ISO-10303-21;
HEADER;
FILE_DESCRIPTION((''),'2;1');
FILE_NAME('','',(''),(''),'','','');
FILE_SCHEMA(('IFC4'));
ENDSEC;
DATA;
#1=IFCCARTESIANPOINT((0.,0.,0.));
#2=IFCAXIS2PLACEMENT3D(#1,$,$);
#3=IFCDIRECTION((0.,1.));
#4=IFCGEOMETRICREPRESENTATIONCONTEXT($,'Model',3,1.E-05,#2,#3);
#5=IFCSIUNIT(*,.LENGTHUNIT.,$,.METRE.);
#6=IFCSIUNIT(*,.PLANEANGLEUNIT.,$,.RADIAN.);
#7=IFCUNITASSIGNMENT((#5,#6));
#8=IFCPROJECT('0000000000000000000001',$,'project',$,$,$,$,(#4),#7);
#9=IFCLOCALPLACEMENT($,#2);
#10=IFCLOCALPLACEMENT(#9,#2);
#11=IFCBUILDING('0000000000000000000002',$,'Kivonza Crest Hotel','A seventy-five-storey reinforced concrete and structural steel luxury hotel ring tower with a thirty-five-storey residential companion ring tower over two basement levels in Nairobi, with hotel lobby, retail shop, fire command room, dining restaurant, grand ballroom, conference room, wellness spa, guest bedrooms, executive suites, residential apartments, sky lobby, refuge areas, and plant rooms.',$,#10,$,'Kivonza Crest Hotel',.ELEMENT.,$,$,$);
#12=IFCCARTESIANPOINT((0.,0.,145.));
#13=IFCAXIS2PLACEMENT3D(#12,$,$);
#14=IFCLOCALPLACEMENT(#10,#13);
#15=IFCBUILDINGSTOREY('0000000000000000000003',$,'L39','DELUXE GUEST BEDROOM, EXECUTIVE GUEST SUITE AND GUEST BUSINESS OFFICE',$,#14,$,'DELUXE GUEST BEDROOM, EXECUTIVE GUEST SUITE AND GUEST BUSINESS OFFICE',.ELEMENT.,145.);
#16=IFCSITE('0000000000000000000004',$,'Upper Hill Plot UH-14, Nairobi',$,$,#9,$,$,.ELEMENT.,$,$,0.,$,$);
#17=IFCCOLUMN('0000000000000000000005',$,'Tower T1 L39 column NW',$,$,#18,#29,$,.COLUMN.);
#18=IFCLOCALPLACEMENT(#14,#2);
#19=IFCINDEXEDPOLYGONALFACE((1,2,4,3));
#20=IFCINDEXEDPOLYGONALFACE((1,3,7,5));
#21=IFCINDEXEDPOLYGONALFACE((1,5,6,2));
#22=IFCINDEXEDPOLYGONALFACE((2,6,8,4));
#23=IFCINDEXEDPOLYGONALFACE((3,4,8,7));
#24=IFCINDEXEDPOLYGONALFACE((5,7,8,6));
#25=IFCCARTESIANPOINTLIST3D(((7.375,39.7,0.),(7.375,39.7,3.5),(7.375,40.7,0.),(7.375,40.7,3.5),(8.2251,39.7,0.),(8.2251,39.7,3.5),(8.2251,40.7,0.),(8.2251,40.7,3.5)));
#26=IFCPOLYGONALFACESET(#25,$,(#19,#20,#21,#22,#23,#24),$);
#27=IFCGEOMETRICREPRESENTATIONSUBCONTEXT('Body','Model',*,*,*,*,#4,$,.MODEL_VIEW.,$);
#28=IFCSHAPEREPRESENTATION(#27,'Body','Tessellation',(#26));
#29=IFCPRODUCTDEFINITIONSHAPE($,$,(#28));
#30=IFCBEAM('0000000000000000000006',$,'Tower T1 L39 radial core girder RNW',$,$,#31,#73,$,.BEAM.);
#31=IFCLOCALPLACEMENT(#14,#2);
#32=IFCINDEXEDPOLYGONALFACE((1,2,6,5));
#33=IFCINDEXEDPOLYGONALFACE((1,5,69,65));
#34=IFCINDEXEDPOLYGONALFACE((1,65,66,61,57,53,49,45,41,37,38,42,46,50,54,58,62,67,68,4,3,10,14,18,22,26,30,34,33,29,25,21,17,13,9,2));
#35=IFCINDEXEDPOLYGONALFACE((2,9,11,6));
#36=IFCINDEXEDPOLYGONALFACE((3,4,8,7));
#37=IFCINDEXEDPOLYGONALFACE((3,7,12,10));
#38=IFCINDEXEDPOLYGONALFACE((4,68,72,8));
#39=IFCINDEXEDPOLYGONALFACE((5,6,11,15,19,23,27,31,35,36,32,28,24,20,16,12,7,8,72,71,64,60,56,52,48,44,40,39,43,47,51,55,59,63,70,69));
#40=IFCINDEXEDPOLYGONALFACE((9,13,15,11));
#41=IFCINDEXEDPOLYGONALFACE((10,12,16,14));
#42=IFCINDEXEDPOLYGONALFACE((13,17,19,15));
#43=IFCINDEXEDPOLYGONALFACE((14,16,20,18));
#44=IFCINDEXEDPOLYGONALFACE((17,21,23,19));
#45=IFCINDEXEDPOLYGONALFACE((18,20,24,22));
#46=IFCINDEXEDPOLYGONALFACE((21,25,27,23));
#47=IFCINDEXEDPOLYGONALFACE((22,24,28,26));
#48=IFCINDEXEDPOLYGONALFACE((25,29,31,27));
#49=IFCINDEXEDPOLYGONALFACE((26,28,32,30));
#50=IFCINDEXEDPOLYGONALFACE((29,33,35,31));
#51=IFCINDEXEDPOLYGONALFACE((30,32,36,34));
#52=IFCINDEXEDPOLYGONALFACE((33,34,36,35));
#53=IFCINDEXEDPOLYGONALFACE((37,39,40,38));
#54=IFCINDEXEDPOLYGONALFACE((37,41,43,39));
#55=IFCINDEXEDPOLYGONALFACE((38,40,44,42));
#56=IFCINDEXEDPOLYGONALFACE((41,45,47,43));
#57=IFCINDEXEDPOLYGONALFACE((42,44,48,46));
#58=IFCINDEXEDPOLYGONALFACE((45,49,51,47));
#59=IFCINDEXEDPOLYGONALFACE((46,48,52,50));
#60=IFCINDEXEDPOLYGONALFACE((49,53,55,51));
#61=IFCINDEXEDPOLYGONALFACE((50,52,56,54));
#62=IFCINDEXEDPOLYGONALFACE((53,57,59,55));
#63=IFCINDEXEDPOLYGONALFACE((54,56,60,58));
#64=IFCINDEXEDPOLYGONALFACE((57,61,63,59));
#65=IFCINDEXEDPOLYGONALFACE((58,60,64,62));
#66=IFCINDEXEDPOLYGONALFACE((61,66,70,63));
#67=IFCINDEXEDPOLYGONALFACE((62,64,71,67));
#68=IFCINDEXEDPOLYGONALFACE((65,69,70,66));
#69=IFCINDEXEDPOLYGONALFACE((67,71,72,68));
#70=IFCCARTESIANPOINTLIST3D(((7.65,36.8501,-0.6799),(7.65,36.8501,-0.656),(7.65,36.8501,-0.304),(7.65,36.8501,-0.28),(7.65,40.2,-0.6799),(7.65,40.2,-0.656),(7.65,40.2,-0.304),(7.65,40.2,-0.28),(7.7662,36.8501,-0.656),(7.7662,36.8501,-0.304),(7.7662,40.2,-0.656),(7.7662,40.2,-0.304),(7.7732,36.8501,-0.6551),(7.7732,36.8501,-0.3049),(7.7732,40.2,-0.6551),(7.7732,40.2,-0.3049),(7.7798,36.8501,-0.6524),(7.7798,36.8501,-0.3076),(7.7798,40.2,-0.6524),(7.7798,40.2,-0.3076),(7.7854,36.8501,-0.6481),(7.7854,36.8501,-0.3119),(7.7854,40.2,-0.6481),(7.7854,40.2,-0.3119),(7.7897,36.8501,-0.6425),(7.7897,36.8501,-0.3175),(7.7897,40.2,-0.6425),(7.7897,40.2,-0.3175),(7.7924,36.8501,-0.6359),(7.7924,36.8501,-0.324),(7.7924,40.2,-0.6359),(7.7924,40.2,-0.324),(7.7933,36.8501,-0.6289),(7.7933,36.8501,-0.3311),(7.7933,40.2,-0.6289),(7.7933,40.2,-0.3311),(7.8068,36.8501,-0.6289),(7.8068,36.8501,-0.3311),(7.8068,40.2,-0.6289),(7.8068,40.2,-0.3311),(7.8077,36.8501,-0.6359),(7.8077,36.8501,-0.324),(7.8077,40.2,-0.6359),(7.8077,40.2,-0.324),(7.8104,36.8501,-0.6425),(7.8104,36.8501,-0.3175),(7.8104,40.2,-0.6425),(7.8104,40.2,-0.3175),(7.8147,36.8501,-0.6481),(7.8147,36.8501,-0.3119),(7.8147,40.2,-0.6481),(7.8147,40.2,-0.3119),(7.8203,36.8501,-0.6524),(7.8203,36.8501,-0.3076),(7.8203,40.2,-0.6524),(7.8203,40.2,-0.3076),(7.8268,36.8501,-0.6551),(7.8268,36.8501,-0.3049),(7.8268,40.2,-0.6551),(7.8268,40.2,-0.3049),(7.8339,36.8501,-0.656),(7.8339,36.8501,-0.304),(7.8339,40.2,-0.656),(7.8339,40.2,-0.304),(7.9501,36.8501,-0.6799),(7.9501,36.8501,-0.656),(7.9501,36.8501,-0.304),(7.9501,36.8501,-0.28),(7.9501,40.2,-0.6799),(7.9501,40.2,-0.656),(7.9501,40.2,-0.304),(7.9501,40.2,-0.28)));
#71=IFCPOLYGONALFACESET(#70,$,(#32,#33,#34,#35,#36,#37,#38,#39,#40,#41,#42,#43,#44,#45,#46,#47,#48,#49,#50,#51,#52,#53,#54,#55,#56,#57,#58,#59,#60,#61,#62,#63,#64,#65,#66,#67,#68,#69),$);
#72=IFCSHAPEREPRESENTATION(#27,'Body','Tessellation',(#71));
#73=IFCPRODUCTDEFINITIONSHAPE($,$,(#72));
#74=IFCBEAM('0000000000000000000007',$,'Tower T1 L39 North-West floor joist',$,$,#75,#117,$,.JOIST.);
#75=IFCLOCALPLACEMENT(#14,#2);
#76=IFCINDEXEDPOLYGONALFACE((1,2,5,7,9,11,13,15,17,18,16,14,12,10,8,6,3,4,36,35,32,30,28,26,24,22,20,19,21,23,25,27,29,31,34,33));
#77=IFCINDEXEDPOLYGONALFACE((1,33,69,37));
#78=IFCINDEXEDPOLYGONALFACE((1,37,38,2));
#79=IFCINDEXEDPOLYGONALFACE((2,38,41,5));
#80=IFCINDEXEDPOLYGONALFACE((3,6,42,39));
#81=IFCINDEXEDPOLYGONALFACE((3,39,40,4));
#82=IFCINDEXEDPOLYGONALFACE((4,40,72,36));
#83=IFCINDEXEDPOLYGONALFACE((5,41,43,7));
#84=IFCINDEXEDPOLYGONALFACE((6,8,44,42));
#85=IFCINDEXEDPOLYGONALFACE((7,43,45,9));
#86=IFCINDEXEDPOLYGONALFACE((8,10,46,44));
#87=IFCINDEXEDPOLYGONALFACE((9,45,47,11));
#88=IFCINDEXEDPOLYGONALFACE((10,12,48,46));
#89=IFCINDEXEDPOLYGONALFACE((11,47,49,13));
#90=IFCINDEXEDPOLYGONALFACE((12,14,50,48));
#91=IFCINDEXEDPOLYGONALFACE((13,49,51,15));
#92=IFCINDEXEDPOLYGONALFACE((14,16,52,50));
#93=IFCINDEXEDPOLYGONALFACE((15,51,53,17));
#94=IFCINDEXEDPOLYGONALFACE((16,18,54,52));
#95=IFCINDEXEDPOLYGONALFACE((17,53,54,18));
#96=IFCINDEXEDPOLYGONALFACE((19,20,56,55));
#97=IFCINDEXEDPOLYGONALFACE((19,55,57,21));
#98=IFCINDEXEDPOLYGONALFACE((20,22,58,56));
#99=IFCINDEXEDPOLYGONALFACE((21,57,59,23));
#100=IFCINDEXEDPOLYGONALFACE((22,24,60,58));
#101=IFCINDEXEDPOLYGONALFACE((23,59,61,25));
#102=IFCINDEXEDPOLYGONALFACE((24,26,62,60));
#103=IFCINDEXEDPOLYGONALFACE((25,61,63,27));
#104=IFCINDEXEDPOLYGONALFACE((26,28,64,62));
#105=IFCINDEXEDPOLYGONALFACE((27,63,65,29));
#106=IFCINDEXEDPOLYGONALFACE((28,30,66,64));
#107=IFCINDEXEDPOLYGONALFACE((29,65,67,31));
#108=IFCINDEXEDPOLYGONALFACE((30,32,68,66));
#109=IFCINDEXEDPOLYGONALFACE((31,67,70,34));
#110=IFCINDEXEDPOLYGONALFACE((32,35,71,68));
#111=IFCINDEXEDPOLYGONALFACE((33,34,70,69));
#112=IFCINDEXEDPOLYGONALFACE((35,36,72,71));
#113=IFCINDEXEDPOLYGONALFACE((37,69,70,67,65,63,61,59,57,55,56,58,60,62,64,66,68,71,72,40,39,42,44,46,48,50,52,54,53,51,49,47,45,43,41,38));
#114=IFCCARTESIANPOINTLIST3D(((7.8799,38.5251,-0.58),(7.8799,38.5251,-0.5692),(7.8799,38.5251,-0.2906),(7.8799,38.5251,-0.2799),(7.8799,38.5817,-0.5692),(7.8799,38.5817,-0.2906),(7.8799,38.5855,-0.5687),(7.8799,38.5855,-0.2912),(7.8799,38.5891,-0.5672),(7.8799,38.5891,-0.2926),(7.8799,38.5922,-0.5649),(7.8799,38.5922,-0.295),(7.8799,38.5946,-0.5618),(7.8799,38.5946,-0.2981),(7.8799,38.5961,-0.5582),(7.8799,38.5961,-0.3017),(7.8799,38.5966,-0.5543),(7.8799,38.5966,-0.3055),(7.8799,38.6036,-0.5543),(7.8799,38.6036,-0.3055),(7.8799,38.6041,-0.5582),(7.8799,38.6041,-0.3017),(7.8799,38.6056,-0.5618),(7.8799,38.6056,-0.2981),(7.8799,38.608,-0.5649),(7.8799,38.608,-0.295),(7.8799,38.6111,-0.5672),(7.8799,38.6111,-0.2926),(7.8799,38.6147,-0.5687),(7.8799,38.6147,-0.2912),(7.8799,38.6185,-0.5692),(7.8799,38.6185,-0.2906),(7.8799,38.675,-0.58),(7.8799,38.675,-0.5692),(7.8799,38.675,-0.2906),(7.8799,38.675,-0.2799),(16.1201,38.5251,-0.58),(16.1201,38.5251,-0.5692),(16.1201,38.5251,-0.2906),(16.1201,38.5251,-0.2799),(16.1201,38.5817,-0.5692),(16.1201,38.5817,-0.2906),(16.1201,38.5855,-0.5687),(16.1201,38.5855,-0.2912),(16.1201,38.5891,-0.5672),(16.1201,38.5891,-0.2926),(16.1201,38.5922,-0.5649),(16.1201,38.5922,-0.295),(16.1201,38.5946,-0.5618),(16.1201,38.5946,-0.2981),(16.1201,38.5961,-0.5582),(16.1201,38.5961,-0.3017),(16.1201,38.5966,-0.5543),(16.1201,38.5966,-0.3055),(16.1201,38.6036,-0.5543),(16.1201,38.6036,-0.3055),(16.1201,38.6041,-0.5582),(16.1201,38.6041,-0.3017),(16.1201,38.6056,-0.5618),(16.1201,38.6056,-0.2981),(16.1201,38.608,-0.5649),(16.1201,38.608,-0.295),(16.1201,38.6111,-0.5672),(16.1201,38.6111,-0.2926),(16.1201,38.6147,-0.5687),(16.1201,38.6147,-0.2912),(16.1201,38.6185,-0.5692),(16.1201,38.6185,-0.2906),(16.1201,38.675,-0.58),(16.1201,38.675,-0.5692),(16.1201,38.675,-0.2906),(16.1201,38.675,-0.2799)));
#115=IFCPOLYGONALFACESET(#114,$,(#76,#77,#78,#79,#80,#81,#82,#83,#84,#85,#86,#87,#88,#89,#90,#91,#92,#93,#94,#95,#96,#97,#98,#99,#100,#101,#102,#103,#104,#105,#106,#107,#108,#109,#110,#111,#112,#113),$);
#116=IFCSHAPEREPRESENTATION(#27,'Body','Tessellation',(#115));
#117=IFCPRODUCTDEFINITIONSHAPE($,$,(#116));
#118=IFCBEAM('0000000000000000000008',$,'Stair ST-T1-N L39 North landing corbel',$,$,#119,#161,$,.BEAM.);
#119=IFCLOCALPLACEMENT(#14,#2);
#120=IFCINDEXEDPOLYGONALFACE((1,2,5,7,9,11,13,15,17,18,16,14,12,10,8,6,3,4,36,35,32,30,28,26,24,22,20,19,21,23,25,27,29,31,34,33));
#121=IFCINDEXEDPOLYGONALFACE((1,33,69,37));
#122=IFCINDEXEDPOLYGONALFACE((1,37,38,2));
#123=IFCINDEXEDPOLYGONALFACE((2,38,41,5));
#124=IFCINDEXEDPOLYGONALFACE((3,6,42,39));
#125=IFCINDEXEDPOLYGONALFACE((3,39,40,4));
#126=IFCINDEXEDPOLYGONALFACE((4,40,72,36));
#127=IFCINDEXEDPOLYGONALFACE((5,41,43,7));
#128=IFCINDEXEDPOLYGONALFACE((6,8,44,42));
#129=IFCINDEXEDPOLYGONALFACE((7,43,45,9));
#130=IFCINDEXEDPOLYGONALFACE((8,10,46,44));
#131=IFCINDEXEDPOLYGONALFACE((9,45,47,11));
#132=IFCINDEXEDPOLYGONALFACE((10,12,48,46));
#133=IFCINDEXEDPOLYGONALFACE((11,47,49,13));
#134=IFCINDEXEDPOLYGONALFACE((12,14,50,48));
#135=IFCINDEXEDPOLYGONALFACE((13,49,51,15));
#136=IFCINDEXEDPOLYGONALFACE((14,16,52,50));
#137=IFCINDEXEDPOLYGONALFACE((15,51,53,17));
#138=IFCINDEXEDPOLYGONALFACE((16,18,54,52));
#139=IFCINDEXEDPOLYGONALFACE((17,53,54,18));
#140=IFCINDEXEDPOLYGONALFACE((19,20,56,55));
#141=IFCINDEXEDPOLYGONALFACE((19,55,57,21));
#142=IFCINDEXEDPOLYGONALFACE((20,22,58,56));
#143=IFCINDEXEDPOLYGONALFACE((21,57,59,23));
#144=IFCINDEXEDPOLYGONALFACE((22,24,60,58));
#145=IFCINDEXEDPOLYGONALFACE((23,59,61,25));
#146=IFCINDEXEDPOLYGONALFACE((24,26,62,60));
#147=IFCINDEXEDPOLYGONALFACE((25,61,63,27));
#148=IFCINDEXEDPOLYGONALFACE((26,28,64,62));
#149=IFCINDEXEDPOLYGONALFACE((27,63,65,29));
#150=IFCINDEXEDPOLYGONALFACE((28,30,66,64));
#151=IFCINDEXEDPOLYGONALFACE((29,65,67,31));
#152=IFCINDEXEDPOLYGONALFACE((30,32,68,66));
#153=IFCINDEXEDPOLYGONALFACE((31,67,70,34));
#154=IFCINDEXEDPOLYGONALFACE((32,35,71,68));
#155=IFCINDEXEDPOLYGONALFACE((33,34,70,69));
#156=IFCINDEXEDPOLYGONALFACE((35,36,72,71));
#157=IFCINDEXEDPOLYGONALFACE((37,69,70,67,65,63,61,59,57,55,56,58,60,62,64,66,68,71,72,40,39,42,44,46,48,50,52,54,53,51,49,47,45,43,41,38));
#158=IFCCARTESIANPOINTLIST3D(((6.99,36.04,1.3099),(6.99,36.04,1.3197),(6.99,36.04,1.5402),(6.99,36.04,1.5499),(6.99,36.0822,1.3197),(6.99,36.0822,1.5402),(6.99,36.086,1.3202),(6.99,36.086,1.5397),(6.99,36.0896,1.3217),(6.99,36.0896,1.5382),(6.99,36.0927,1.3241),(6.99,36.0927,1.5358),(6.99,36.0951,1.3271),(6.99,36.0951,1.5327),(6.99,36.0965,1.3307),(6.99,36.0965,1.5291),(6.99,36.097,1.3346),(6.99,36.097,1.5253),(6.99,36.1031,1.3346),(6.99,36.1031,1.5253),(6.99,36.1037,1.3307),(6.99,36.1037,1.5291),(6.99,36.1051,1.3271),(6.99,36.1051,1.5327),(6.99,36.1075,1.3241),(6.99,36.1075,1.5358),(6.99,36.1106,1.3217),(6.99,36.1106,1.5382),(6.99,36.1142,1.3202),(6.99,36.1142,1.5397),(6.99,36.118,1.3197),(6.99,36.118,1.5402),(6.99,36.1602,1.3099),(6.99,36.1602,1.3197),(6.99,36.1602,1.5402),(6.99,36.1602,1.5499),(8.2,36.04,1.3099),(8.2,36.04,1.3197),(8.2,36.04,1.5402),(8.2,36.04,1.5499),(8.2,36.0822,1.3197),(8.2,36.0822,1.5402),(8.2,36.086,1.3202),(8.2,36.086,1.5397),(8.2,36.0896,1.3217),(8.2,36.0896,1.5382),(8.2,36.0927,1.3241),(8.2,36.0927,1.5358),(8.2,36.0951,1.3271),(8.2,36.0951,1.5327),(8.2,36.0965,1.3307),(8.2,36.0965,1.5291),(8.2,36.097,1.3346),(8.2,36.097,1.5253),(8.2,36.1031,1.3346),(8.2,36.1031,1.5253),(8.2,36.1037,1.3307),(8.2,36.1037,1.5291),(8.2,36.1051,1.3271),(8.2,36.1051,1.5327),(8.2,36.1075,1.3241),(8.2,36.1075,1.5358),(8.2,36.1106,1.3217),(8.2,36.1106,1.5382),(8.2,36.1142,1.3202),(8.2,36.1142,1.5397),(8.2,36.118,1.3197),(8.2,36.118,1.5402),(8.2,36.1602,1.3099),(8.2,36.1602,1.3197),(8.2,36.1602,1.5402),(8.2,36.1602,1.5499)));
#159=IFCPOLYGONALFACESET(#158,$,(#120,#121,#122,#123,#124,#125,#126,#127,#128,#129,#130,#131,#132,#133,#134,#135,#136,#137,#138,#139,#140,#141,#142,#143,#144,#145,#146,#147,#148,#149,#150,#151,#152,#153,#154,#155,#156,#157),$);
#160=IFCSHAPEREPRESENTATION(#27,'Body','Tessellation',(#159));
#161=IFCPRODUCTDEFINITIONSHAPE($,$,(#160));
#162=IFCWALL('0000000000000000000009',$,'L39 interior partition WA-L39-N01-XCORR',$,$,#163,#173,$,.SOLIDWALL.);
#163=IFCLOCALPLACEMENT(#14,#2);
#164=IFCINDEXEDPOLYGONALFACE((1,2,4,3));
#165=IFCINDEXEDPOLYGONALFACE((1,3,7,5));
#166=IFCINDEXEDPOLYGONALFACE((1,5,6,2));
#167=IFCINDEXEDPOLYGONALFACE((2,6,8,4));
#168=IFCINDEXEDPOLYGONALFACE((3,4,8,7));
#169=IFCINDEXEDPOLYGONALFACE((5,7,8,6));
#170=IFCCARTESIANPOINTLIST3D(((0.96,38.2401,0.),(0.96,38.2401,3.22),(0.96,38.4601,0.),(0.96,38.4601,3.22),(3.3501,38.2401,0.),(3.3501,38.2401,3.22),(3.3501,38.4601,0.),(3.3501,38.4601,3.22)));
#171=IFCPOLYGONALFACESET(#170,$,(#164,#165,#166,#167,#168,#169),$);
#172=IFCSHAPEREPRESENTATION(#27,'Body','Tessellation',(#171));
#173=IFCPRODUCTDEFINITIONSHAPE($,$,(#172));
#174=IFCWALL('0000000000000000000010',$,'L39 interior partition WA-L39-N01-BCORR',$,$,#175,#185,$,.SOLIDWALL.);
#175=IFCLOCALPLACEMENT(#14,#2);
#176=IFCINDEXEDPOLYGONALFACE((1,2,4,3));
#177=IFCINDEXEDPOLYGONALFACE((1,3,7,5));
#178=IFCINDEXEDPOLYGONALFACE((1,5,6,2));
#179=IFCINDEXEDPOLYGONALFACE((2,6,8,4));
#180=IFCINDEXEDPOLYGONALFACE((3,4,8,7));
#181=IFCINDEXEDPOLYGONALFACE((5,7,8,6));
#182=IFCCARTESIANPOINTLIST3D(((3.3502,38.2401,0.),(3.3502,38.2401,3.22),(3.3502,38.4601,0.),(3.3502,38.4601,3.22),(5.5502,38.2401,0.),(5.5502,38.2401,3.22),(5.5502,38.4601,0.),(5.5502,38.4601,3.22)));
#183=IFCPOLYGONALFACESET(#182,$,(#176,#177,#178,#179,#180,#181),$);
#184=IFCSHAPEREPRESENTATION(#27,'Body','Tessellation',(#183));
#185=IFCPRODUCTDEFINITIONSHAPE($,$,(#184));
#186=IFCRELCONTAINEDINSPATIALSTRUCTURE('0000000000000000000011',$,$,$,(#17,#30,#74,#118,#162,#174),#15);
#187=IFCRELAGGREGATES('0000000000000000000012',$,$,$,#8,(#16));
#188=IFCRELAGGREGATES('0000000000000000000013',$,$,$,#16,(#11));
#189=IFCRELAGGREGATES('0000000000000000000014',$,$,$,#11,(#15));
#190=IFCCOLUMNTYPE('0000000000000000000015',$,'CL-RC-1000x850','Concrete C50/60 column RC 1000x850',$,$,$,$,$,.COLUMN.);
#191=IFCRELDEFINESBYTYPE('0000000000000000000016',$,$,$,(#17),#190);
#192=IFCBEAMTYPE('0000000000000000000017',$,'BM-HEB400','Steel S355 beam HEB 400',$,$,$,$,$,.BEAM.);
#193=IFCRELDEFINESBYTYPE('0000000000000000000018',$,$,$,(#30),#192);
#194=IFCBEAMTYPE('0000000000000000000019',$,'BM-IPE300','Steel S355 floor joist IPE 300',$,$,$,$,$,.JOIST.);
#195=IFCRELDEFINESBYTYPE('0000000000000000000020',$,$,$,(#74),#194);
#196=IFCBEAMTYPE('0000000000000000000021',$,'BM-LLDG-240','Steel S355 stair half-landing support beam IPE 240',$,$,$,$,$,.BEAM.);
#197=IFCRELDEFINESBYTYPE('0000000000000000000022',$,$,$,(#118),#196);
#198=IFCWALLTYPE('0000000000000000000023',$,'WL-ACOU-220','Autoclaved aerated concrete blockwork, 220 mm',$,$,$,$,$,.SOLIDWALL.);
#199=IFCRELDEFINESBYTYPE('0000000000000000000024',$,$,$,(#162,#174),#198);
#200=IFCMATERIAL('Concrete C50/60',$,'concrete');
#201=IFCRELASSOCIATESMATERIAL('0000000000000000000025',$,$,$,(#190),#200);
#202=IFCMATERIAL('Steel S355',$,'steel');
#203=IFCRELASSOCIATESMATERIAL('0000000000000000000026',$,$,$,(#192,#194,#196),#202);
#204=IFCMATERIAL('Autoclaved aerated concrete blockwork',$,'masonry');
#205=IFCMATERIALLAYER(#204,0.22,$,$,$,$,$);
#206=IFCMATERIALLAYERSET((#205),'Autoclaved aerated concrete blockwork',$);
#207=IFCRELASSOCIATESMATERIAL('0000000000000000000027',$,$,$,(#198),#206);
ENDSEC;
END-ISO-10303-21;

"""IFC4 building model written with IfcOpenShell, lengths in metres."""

from ifc_helpers import new_model, si_unit, direction, frame, frame_2d, origin, origin_2d, place, context, subcontext, project, spatial, rectangle, i_section, extrude, material, layer, layer_set, material_profile, profile_set, type_object, element, save


model = new_model("IFC4")

# Units and contexts
model_context = context("Model", 3, precision=1e-05, world=origin(), true_north=direction((0.0, 1.0)))
body_context = subcontext(model_context, "Body", "Model", "MODEL_VIEW")
ifc_project = project(units=[si_unit("LENGTHUNIT", "METRE"), si_unit("PLANEANGLEUNIT", "RADIAN")], contexts=[model_context])

# Site, building, storey
site_placement = place(None, origin())
site = spatial("IfcSite", under=ifc_project, at=site_placement, Name="Upper Hill Plot UH-14, Nairobi", CompositionType="ELEMENT", RefElevation=0.0)
building_placement = place(site_placement, origin())
building = spatial("IfcBuilding", under=site, at=building_placement, Name="Kivonza Crest Hotel", Description="A seventy-five-storey reinforced concrete and structural steel luxury hotel ring tower with a thirty-five-storey residential companion ring tower over two basement levels in Nairobi, with hotel lobby, retail shop, fire command room, dining restaurant, grand ballroom, conference room, wellness spa, guest bedrooms, executive suites, residential apartments, sky lobby, refuge areas, and plant rooms.", LongName="Kivonza Crest Hotel", CompositionType="ELEMENT")
storey_placement = place(building_placement, frame((0.0, 0.0, 145.0)))
storey = spatial("IfcBuildingStorey", under=building, at=storey_placement, Name="L39", Description="DELUXE GUEST BEDROOM, EXECUTIVE GUEST SUITE AND GUEST BUSINESS OFFICE", LongName="DELUXE GUEST BEDROOM, EXECUTIVE GUEST SUITE AND GUEST BUSINESS OFFICE", CompositionType="ELEMENT", Elevation=145.0)

# Column
ifc_material_1 = material(Name="Concrete C50/60", Category="concrete")
ifc_material_profile_1 = material_profile(ifc_material_1, rectangle(XDim=0.8501, YDim=1.0, at=origin_2d()), Name="RC 1000x850")
ifc_profile_set_1 = profile_set([ifc_material_profile_1], Name="Concrete C50/60")
column_type = type_object("IfcColumnType", Name="CL-RC-1000x850", Description="Concrete C50/60 column RC 1000x850", PredefinedType="COLUMN", material=ifc_profile_set_1)
column_placement = place(storey_placement, frame((7.8, 40.2, 0.0), z_axis=(0.0, 0.0, 1.0), x_axis=(1.0, 0.0, 0.0)))
element("IfcColumn", 1, at=column_placement, inside=storey, type_object=column_type, Name="Tower T1 L39 column NW", PredefinedType="COLUMN", context=body_context, shape_type="SweptSolid", body=[
    extrude(rectangle(XDim=0.8501, YDim=1.0, at=origin_2d()), origin(), (0.0, 0.0, 1.0), 3.5),
])

# Beams
ifc_material_2 = material(Name="Steel S355", Category="steel")
ifc_material_profile_2 = material_profile(ifc_material_2, i_section(OverallWidth=0.3, OverallDepth=0.3999, WebThickness=0.0134, FlangeThickness=0.0239, FilletRadius=0.0271, at=origin_2d()), Name="HEB 400")
ifc_profile_set_2 = profile_set([ifc_material_profile_2], Name="Steel S355")
beam_type_1 = type_object("IfcBeamType", Name="BM-HEB400", Description="Steel S355 beam HEB 400", PredefinedType="BEAM", material=ifc_profile_set_2)
beam_1_placement = place(storey_placement, frame((7.8, 40.2, -0.48), z_axis=(0.0, -1.0, 0.0), x_axis=(1.0, 0.0, 0.0)))
element("IfcBeam", 2, at=beam_1_placement, inside=storey, type_object=beam_type_1, Name="Tower T1 L39 radial core girder RNW", PredefinedType="BEAM", context=body_context, shape_type="SweptSolid", body=[
    extrude(i_section(OverallWidth=0.3, OverallDepth=0.3999, WebThickness=0.0134, FlangeThickness=0.0239, FilletRadius=0.0271, at=origin_2d()), origin(), (0.0, 0.0, 1.0), 3.3499),
])
ifc_material_profile_3 = material_profile(ifc_material_2, i_section(OverallWidth=0.1499, OverallDepth=0.3, WebThickness=0.0071, FlangeThickness=0.0107, FilletRadius=0.0149, at=origin_2d()), Name="IPE 300")
ifc_profile_set_3 = profile_set([ifc_material_profile_3], Name="Steel S355")
beam_type_2 = type_object("IfcBeamType", Name="BM-IPE300", Description="Steel S355 floor joist IPE 300", PredefinedType="JOIST", material=ifc_profile_set_3)
beam_2_placement = place(storey_placement, frame((7.8799, 38.6001, -0.4299), z_axis=(1.0, 0.0, 0.0), x_axis=(0.0, 1.0, 0.0)))
element("IfcBeam", 3, at=beam_2_placement, inside=storey, type_object=beam_type_2, Name="Tower T1 L39 North-West floor joist", PredefinedType="JOIST", context=body_context, shape_type="SweptSolid", body=[
    extrude(i_section(OverallWidth=0.1499, OverallDepth=0.3, WebThickness=0.0071, FlangeThickness=0.0107, FilletRadius=0.0149, at=origin_2d()), origin(), (0.0, 0.0, 1.0), 8.2402),
])
ifc_material_profile_4 = material_profile(ifc_material_2, i_section(OverallWidth=0.1201, OverallDepth=0.24, WebThickness=0.0061, FlangeThickness=0.0098, FilletRadius=0.0149, at=origin_2d()), Name="IPE 240")
ifc_profile_set_4 = profile_set([ifc_material_profile_4], Name="Steel S355")
beam_type_3 = type_object("IfcBeamType", Name="BM-LLDG-240", Description="Steel S355 stair half-landing support beam IPE 240", PredefinedType="BEAM", material=ifc_profile_set_4)
beam_3_placement = place(storey_placement, frame((6.99, 36.1001, 1.4299), z_axis=(1.0, 0.0, 0.0), x_axis=(0.0, 1.0, 0.0)))
element("IfcBeam", 4, at=beam_3_placement, inside=storey, type_object=beam_type_3, Name="Stair ST-T1-N L39 North landing corbel", PredefinedType="BEAM", context=body_context, shape_type="SweptSolid", body=[
    extrude(i_section(OverallWidth=0.1201, OverallDepth=0.24, WebThickness=0.0061, FlangeThickness=0.0098, FilletRadius=0.0149, at=origin_2d()), origin(), (0.0, 0.0, 1.0), 1.21),
])

# Walls
ifc_material_3 = material(Name="Autoclaved aerated concrete blockwork", Category="masonry")
ifc_layer_1 = layer(ifc_material_3, 0.22)
ifc_layer_set_1 = layer_set([ifc_layer_1], Name="Autoclaved aerated concrete blockwork")
wall_type_1 = type_object("IfcWallType", Name="WL-ACOU-220", Description="Autoclaved aerated concrete blockwork, 220 mm", PredefinedType="SOLIDWALL", material=ifc_layer_set_1)
wall_1_placement = place(storey_placement, frame((0.96, 38.3501, 0.0), z_axis=(0.0, 0.0, 1.0), x_axis=(1.0, 0.0, 0.0)))
element("IfcWall", 5, at=wall_1_placement, inside=storey, type_object=wall_type_1, Name="L39 interior partition WA-L39-N01-XCORR", PredefinedType="SOLIDWALL", context=body_context, shape_type="SweptSolid", body=[
    extrude(rectangle(XDim=2.3901, YDim=0.22, at=frame_2d((1.1951, 0.0))), origin(), (0.0, 0.0, 1.0), 3.22),
])
wall_2_placement = place(storey_placement, frame((3.3501, 38.3501, 0.0), z_axis=(0.0, 0.0, 1.0), x_axis=(1.0, 0.0, 0.0)))
element("IfcWall", 6, at=wall_2_placement, inside=storey, type_object=wall_type_1, Name="L39 interior partition WA-L39-N01-BCORR", PredefinedType="SOLIDWALL", context=body_context, shape_type="SweptSolid", body=[
    extrude(rectangle(XDim=2.2, YDim=0.22, at=frame_2d((1.1001, 0.0))), origin(), (0.0, 0.0, 1.0), 3.22),
])

save(model, "model.ifc")
